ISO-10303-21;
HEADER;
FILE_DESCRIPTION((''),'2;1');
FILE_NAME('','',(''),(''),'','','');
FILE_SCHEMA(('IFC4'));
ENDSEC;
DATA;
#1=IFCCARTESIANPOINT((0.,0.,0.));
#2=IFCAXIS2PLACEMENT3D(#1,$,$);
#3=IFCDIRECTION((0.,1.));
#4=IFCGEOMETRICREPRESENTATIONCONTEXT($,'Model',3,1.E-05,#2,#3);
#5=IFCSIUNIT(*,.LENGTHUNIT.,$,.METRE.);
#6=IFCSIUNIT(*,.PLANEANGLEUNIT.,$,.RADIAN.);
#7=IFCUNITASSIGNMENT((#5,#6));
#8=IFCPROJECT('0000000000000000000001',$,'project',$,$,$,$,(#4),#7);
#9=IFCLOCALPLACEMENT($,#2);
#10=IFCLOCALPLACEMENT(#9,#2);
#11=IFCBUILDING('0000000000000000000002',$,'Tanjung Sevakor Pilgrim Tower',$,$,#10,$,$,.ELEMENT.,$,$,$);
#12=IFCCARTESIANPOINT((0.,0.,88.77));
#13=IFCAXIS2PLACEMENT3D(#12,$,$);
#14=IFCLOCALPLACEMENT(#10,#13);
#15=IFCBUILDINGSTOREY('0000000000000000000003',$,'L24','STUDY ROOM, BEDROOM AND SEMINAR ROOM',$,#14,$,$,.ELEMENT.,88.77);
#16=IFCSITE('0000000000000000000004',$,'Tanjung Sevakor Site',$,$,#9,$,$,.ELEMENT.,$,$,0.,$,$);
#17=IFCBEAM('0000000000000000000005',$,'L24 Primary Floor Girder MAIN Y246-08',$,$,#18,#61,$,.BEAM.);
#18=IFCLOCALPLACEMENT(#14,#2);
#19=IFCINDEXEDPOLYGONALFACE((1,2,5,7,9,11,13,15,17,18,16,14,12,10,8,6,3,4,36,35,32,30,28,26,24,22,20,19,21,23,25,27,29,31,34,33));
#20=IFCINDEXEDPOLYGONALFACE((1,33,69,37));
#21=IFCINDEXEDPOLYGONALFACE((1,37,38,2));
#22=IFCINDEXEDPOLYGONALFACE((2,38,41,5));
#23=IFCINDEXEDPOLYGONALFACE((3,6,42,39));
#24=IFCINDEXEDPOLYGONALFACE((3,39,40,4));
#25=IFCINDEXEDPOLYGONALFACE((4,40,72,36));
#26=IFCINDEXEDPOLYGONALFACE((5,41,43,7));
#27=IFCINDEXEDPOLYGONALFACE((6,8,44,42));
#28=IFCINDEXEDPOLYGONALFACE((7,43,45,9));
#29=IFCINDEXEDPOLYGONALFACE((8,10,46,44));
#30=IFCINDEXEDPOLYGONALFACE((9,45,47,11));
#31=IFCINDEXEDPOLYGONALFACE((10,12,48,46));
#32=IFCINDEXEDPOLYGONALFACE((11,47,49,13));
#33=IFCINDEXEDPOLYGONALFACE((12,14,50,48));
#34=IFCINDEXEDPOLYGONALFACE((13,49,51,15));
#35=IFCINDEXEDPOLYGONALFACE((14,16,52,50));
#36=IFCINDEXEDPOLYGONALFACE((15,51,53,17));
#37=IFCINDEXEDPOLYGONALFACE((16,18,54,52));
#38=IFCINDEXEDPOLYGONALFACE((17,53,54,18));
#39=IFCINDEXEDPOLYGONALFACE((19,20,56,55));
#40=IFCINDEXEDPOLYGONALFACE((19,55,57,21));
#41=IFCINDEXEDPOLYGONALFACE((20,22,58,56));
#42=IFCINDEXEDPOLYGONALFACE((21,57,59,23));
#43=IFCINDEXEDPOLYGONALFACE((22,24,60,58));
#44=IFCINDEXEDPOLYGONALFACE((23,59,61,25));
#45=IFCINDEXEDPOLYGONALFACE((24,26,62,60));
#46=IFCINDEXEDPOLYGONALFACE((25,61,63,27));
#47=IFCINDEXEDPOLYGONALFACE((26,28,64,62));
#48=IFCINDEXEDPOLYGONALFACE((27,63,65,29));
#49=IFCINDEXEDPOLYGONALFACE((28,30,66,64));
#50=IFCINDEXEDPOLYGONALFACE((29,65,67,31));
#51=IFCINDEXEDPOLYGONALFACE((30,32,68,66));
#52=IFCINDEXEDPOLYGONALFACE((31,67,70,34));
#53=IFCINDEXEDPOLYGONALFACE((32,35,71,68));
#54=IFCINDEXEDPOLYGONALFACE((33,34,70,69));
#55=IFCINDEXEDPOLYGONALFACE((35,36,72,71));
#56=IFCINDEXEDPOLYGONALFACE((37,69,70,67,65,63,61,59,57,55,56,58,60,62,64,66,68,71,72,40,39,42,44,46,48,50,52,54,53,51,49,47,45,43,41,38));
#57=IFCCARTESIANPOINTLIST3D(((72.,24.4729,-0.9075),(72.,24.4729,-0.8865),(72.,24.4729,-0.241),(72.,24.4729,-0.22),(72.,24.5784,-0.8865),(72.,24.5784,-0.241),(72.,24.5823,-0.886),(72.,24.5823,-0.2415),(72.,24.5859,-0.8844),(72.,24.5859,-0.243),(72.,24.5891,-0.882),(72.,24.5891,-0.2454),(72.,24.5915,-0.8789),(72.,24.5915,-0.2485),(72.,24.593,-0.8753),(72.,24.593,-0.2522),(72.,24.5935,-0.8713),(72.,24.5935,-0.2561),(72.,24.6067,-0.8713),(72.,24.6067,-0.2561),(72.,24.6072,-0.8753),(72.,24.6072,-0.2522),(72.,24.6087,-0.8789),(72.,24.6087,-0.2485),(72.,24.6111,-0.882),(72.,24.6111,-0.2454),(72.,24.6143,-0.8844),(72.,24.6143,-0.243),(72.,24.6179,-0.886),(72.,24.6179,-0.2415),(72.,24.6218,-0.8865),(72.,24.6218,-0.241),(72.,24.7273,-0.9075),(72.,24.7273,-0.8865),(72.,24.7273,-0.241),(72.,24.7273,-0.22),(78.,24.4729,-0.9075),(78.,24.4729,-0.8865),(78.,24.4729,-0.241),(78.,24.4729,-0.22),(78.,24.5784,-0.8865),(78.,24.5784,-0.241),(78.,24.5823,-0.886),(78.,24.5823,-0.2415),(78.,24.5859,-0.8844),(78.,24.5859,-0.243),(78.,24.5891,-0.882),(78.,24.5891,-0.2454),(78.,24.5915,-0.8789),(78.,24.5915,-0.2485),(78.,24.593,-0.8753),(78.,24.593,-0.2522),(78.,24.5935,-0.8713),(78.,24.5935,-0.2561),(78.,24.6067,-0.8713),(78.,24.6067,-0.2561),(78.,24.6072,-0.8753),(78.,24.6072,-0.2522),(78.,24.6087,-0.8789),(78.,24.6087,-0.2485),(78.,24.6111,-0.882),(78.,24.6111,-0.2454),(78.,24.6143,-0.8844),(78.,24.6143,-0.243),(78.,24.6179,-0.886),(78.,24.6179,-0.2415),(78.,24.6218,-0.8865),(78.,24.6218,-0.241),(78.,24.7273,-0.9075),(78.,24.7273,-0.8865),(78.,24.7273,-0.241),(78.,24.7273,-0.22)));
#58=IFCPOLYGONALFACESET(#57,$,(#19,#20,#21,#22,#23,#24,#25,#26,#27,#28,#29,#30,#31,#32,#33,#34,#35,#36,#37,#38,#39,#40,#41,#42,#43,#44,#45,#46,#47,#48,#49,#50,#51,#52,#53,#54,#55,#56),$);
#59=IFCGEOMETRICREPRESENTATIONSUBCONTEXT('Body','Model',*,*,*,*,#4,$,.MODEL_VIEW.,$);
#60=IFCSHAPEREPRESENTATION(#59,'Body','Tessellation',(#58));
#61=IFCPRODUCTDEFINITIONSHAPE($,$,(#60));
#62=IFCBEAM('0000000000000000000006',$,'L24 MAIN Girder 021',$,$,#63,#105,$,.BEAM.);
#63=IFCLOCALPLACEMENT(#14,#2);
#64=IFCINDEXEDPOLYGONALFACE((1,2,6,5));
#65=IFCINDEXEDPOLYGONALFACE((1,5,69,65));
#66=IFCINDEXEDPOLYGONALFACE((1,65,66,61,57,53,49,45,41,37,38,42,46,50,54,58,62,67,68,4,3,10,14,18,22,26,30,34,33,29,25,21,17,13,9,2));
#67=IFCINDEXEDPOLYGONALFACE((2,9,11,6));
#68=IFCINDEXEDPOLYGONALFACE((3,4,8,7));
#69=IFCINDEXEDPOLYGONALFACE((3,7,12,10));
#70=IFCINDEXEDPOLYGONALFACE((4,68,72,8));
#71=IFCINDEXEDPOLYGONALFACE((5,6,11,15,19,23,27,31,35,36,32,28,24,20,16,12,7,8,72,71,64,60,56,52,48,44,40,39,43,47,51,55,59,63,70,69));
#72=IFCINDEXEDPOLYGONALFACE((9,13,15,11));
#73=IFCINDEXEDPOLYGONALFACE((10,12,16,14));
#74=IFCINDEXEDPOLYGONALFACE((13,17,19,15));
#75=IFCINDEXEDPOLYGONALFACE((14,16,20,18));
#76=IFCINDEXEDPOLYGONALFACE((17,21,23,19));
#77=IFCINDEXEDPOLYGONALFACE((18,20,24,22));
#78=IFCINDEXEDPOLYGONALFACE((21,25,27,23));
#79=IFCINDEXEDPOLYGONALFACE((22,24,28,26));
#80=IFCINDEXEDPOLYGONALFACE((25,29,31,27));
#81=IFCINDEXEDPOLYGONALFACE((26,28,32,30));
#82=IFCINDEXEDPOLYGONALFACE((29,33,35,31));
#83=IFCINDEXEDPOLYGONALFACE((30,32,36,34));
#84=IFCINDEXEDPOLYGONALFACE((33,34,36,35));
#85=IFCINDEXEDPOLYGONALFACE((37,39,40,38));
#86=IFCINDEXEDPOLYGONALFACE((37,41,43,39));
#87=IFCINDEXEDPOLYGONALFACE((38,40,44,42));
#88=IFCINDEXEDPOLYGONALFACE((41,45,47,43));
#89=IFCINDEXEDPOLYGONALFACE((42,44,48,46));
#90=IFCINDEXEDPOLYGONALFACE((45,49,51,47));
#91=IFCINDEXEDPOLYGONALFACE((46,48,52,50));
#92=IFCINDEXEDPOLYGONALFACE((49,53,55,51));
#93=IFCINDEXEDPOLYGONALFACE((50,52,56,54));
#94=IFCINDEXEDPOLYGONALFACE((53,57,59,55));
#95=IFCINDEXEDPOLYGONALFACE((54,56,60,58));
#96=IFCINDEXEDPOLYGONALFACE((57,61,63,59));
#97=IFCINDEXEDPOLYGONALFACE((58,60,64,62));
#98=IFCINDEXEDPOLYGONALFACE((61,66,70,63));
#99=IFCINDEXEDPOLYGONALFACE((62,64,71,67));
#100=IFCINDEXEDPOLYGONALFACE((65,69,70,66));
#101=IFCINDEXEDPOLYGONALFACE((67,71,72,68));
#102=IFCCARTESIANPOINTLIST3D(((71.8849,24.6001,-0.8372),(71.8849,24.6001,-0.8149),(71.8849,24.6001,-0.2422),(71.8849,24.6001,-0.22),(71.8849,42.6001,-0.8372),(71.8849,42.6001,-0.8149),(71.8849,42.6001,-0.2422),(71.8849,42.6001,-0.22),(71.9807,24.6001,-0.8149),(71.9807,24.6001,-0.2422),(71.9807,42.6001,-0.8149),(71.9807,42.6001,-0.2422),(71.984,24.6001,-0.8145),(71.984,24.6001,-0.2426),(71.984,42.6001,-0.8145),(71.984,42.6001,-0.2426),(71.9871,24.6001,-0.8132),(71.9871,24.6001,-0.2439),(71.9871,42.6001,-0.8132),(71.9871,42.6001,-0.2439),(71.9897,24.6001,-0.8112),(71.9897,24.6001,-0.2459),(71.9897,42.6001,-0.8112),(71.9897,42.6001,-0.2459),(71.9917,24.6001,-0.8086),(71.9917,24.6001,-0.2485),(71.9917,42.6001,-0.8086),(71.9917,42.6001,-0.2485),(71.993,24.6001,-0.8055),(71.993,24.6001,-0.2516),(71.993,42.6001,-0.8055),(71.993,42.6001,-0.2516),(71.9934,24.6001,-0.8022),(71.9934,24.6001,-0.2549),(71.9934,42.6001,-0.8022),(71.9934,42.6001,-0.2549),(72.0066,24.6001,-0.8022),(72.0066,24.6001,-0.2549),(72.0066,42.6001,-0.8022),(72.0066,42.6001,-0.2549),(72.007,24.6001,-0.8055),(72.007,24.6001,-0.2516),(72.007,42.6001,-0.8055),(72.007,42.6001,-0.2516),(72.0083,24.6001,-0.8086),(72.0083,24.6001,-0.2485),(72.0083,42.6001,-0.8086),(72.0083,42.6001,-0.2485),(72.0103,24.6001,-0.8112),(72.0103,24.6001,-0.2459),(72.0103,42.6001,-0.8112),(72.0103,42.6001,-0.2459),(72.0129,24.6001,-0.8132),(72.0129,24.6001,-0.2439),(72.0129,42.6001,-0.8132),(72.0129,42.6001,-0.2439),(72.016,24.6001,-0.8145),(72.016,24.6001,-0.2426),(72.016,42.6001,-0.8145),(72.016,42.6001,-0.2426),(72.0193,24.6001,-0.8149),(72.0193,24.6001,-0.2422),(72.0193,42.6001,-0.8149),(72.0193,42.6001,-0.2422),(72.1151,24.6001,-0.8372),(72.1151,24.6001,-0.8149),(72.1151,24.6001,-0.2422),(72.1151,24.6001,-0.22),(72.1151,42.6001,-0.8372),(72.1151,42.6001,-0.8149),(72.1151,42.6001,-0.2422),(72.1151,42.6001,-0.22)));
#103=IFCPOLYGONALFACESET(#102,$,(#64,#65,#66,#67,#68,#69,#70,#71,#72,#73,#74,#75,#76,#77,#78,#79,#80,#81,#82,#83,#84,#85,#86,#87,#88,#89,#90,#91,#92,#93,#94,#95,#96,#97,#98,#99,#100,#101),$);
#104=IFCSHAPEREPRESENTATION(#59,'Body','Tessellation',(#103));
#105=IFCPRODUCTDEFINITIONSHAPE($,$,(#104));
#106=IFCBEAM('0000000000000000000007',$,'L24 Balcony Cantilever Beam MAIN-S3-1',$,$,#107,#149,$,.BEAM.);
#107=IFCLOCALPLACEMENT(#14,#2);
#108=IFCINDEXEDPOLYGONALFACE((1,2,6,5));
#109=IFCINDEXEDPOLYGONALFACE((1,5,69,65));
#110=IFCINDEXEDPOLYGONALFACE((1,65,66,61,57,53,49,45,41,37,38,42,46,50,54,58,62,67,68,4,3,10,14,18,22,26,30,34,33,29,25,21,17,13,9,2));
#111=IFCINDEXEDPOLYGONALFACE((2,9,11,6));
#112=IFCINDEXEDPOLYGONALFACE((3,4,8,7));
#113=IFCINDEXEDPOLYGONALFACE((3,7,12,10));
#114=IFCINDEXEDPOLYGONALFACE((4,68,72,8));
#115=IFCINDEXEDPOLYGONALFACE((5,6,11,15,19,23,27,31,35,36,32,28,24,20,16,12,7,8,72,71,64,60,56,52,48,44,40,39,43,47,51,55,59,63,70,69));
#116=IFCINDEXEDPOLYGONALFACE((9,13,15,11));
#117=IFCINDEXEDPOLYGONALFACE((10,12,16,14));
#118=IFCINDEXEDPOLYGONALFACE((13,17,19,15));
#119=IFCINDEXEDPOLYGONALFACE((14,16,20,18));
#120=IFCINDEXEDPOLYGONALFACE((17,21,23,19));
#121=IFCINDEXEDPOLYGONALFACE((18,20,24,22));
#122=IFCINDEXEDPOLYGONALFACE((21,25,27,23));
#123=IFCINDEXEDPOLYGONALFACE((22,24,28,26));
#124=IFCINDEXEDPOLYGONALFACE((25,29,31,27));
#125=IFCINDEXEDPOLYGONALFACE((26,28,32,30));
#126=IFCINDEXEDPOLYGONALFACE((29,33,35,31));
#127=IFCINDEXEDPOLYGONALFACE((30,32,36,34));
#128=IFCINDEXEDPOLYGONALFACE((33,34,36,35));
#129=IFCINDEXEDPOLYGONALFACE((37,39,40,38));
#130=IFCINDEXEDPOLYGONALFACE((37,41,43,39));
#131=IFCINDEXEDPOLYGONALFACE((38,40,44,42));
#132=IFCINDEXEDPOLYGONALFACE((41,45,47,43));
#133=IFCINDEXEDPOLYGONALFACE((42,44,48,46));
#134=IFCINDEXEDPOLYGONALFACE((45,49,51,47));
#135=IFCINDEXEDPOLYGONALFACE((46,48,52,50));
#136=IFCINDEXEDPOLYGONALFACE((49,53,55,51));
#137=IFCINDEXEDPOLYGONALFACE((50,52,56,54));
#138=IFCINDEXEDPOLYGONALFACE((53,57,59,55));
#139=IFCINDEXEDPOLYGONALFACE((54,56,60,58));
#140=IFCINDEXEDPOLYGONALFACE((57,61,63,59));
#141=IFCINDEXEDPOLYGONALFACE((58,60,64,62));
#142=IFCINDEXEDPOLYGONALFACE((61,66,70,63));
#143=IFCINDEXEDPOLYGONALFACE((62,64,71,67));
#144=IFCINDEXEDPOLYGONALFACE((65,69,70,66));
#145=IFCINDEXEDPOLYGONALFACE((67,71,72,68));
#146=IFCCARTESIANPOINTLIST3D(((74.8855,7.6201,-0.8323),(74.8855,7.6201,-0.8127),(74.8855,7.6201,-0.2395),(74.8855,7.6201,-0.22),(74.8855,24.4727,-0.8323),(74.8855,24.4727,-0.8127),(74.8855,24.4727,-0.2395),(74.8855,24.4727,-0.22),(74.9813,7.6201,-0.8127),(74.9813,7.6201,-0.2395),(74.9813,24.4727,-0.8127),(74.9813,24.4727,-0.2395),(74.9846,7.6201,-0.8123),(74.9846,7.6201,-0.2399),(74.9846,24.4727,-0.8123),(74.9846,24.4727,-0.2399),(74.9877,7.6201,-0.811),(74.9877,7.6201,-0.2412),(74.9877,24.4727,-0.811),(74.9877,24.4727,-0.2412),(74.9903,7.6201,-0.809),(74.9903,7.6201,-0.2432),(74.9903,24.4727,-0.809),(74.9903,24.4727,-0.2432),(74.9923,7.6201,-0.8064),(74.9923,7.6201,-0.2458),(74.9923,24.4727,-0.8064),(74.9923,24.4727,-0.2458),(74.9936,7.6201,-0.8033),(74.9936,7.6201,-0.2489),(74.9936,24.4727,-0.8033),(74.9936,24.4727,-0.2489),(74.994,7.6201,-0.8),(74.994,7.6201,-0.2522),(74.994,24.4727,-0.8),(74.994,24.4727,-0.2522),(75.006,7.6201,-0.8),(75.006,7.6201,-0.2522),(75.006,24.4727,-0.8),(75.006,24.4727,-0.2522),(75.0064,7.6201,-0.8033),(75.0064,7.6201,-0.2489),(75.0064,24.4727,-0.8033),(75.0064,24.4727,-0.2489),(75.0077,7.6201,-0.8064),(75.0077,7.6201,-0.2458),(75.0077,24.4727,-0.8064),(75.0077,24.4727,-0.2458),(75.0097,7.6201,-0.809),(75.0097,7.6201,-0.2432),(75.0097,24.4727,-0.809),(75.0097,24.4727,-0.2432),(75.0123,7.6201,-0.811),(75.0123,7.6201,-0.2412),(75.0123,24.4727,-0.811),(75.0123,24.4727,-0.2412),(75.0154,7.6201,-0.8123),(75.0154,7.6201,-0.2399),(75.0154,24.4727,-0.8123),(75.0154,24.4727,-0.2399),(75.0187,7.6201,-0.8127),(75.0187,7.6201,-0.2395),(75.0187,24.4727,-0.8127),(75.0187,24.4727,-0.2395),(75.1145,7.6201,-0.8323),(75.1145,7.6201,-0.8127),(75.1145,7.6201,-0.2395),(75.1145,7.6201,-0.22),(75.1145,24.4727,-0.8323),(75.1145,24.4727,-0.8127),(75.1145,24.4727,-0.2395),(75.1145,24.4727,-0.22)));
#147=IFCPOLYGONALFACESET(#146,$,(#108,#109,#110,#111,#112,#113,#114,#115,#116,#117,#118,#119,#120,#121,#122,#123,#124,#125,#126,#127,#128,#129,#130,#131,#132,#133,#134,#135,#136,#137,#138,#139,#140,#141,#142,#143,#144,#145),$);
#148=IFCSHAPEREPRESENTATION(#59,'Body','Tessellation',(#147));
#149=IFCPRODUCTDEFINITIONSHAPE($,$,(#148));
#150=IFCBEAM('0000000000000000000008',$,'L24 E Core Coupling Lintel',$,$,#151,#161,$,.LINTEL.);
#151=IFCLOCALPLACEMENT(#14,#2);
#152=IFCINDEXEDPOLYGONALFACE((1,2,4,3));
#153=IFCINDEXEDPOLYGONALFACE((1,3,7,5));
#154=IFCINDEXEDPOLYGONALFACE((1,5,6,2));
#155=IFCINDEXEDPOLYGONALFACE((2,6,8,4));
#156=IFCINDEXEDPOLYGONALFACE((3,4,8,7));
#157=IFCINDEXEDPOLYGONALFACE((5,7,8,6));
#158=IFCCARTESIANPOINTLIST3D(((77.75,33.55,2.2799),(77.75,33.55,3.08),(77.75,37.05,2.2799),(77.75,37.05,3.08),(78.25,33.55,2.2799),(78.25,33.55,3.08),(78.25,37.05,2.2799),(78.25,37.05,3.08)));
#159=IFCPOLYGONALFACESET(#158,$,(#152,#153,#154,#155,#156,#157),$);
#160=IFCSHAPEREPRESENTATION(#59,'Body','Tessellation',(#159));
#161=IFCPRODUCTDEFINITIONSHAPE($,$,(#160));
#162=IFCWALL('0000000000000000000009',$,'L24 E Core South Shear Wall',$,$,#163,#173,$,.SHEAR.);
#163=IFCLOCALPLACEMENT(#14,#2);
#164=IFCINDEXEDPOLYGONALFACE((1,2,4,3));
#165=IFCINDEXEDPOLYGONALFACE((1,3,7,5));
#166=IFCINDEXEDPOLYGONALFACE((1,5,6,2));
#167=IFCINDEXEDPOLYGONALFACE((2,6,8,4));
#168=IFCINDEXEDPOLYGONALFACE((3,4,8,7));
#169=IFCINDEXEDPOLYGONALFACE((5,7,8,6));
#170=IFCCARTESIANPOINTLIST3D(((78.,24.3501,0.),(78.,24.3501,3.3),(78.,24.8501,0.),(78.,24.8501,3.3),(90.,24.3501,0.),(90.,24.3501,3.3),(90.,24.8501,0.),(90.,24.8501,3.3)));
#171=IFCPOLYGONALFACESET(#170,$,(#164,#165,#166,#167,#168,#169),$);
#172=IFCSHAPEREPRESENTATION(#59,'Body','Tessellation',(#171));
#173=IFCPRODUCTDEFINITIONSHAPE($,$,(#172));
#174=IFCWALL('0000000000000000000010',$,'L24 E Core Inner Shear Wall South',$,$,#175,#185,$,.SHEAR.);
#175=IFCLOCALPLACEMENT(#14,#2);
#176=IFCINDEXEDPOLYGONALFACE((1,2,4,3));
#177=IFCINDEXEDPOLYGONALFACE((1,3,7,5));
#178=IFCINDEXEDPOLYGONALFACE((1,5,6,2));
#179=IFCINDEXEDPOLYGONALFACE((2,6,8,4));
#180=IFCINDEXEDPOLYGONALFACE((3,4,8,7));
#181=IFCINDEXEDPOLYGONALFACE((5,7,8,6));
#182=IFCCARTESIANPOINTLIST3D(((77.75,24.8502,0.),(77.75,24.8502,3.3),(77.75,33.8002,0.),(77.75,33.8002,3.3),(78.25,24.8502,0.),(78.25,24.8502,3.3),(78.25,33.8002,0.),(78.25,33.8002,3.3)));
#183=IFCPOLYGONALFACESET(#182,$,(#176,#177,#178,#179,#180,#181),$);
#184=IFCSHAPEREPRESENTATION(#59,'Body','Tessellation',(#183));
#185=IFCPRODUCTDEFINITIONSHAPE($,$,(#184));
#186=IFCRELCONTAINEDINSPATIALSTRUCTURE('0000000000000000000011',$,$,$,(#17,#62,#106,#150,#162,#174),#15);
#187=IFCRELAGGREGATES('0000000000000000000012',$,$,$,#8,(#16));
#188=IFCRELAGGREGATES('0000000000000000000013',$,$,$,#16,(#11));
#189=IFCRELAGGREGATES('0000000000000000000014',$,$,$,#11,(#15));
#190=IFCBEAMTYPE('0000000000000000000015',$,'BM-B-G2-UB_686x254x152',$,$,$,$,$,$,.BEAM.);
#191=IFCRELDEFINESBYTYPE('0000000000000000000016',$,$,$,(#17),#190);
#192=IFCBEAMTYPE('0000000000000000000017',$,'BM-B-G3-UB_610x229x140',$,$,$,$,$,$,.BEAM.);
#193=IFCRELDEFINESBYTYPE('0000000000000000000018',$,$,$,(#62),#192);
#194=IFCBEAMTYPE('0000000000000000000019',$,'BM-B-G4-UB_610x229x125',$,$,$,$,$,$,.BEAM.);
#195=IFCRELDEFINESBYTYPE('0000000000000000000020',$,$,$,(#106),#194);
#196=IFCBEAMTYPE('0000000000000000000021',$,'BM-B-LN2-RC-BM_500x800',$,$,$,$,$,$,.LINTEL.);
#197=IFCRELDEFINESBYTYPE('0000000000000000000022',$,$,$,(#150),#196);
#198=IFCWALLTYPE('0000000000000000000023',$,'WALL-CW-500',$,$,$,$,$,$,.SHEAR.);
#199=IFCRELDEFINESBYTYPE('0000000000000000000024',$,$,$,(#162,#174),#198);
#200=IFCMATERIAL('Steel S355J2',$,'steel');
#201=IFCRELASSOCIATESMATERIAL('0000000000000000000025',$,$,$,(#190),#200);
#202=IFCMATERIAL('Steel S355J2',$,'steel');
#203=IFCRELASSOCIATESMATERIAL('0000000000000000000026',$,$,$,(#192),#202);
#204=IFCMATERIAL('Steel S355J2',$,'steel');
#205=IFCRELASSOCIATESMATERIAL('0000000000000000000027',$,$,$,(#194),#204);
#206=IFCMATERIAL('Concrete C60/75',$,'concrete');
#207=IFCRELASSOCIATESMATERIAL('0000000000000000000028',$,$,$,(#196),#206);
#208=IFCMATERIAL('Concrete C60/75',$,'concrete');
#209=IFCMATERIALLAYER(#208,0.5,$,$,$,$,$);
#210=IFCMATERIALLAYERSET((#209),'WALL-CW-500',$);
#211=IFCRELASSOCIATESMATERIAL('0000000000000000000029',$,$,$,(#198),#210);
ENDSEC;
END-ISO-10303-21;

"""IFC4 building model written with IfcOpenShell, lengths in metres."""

from ifc_helpers import new_model, si_unit, direction, frame, frame_2d, origin, origin_2d, place, context, subcontext, project, spatial, rectangle, i_section, extrude, material, layer, layer_set, material_profile, profile_set, type_object, element, save


model = new_model("IFC4")

# Units and contexts
model_context = context("Model", 3, precision=1e-05, world=origin(), true_north=direction((0.0, 1.0)))
body_context = subcontext(model_context, "Body", "Model", "MODEL_VIEW")
ifc_project = project(units=[si_unit("LENGTHUNIT", "METRE"), si_unit("PLANEANGLEUNIT", "RADIAN")], contexts=[model_context])

# Site, building, storey
site_placement = place(None, origin())
site = spatial("IfcSite", under=ifc_project, at=site_placement, Name="Tanjung Sevakor Site", CompositionType="ELEMENT", RefElevation=0.0)
building_placement = place(site_placement, origin())
building = spatial("IfcBuilding", under=site, at=building_placement, Name="Tanjung Sevakor Pilgrim Tower", CompositionType="ELEMENT")
storey_placement = place(building_placement, frame((0.0, 0.0, 88.77)))
storey = spatial("IfcBuildingStorey", under=building, at=storey_placement, Name="L24", Description="STUDY ROOM, BEDROOM AND SEMINAR ROOM", CompositionType="ELEMENT", Elevation=88.77)

# Beams
ifc_material_1 = material(Name="Steel S355J2", Category="steel")
ifc_material_profile_1 = material_profile(ifc_material_1, i_section(OverallWidth=0.2544, OverallDepth=0.6875, WebThickness=0.0132, FlangeThickness=0.021, FilletRadius=0.0151, at=origin_2d()))
ifc_profile_set_1 = profile_set([ifc_material_profile_1], Name="Steel S355J2")
beam_type_1 = type_object("IfcBeamType", Name="BM-B-G2-UB_686x254x152", PredefinedType="BEAM", material=ifc_profile_set_1)
beam_1_placement = place(storey_placement, frame((72.0, 24.6001, -0.5637), z_axis=(1.0, 0.0, 0.0), x_axis=(0.0, 1.0, 0.0)))
element("IfcBeam", 1, at=beam_1_placement, inside=storey, type_object=beam_type_1, Name="L24 Primary Floor Girder MAIN Y246-08", PredefinedType="BEAM", context=body_context, shape_type="SweptSolid", body=[
    extrude(i_section(OverallWidth=0.2544, OverallDepth=0.6875, WebThickness=0.0132, FlangeThickness=0.021, FilletRadius=0.0151, at=origin_2d()), origin(), (0.0, 0.0, 1.0), 6.0),
])
ifc_material_2 = material(Name="Steel S355J2", Category="steel")
ifc_material_profile_2 = material_profile(ifc_material_2, i_section(OverallWidth=0.2302, OverallDepth=0.6172, WebThickness=0.0132, FlangeThickness=0.0222, FilletRadius=0.0127, at=origin_2d()))
ifc_profile_set_2 = profile_set([ifc_material_profile_2], Name="Steel S355J2")
beam_type_2 = type_object("IfcBeamType", Name="BM-B-G3-UB_610x229x140", PredefinedType="BEAM", material=ifc_profile_set_2)
beam_2_placement = place(storey_placement, frame((72.0, 24.6001, -0.5286), z_axis=(0.0, 1.0, 0.0), x_axis=(-1.0, 0.0, 0.0)))
element("IfcBeam", 2, at=beam_2_placement, inside=storey, type_object=beam_type_2, Name="L24 MAIN Girder 021", PredefinedType="BEAM", context=body_context, shape_type="SweptSolid", body=[
    extrude(i_section(OverallWidth=0.2302, OverallDepth=0.6172, WebThickness=0.0132, FlangeThickness=0.0222, FilletRadius=0.0127, at=origin_2d()), origin(), (0.0, 0.0, 1.0), 18.0),
])
ifc_material_3 = material(Name="Steel S355J2", Category="steel")
ifc_material_profile_3 = material_profile(ifc_material_3, i_section(OverallWidth=0.229, OverallDepth=0.6123, WebThickness=0.012, FlangeThickness=0.0195, FilletRadius=0.0127, at=origin_2d()))
ifc_profile_set_3 = profile_set([ifc_material_profile_3], Name="Steel S355J2")
beam_type_3 = type_object("IfcBeamType", Name="BM-B-G4-UB_610x229x125", PredefinedType="BEAM", material=ifc_profile_set_3)
beam_3_placement = place(storey_placement, frame((75.0, 24.4727, -0.5261), z_axis=(0.0, -1.0, 0.0), x_axis=(1.0, 0.0, 0.0)))
element("IfcBeam", 3, at=beam_3_placement, inside=storey, type_object=beam_type_3, Name="L24 Balcony Cantilever Beam MAIN-S3-1", PredefinedType="BEAM", context=body_context, shape_type="SweptSolid", body=[
    extrude(i_section(OverallWidth=0.229, OverallDepth=0.6123, WebThickness=0.012, FlangeThickness=0.0195, FilletRadius=0.0127, at=origin_2d()), origin(), (0.0, 0.0, 1.0), 16.8525),
])
ifc_material_4 = material(Name="Concrete C60/75", Category="concrete")
ifc_material_profile_4 = material_profile(ifc_material_4, rectangle(XDim=0.5, YDim=0.8, at=origin_2d()))
ifc_profile_set_4 = profile_set([ifc_material_profile_4], Name="Concrete C60/75")
beam_type_4 = type_object("IfcBeamType", Name="BM-B-LN2-RC-BM_500x800", PredefinedType="LINTEL", material=ifc_profile_set_4)
beam_4_placement = place(storey_placement, frame((78.0, 33.55, 2.6799), z_axis=(0.0, 1.0, 0.0), x_axis=(-1.0, 0.0, 0.0)))
element("IfcBeam", 4, at=beam_4_placement, inside=storey, type_object=beam_type_4, Name="L24 E Core Coupling Lintel", PredefinedType="LINTEL", context=body_context, shape_type="SweptSolid", body=[
    extrude(rectangle(XDim=0.5, YDim=0.8, at=origin_2d()), origin(), (0.0, 0.0, 1.0), 3.5),
])

# Walls
ifc_material_5 = material(Name="Concrete C60/75", Category="concrete")
ifc_layer_1 = layer(ifc_material_5, 0.5)
ifc_layer_set_1 = layer_set([ifc_layer_1], Name="WALL-CW-500")
wall_type_1 = type_object("IfcWallType", Name="WALL-CW-500", PredefinedType="SHEAR", material=ifc_layer_set_1)
wall_1_placement = place(storey_placement, frame((78.0, 24.6001, 0.0), z_axis=(0.0, 0.0, 1.0), x_axis=(1.0, 0.0, 0.0)))
element("IfcWall", 5, at=wall_1_placement, inside=storey, type_object=wall_type_1, Name="L24 E Core South Shear Wall", PredefinedType="SHEAR", context=body_context, shape_type="SweptSolid", body=[
    extrude(rectangle(XDim=12.0, YDim=0.5, at=frame_2d((6.0, 0.0))), origin(), (0.0, 0.0, 1.0), 3.3),
])
wall_2_placement = place(storey_placement, frame((78.0, 24.8501, 0.0), z_axis=(0.0, 0.0, 1.0), x_axis=(0.0, 1.0, 0.0)))
element("IfcWall", 6, at=wall_2_placement, inside=storey, type_object=wall_type_1, Name="L24 E Core Inner Shear Wall South", PredefinedType="SHEAR", context=body_context, shape_type="SweptSolid", body=[
    extrude(rectangle(XDim=8.95, YDim=0.5, at=frame_2d((4.4751, 0.0))), origin(), (0.0, 0.0, 1.0), 3.3),
])

save(model, "model.ifc")
